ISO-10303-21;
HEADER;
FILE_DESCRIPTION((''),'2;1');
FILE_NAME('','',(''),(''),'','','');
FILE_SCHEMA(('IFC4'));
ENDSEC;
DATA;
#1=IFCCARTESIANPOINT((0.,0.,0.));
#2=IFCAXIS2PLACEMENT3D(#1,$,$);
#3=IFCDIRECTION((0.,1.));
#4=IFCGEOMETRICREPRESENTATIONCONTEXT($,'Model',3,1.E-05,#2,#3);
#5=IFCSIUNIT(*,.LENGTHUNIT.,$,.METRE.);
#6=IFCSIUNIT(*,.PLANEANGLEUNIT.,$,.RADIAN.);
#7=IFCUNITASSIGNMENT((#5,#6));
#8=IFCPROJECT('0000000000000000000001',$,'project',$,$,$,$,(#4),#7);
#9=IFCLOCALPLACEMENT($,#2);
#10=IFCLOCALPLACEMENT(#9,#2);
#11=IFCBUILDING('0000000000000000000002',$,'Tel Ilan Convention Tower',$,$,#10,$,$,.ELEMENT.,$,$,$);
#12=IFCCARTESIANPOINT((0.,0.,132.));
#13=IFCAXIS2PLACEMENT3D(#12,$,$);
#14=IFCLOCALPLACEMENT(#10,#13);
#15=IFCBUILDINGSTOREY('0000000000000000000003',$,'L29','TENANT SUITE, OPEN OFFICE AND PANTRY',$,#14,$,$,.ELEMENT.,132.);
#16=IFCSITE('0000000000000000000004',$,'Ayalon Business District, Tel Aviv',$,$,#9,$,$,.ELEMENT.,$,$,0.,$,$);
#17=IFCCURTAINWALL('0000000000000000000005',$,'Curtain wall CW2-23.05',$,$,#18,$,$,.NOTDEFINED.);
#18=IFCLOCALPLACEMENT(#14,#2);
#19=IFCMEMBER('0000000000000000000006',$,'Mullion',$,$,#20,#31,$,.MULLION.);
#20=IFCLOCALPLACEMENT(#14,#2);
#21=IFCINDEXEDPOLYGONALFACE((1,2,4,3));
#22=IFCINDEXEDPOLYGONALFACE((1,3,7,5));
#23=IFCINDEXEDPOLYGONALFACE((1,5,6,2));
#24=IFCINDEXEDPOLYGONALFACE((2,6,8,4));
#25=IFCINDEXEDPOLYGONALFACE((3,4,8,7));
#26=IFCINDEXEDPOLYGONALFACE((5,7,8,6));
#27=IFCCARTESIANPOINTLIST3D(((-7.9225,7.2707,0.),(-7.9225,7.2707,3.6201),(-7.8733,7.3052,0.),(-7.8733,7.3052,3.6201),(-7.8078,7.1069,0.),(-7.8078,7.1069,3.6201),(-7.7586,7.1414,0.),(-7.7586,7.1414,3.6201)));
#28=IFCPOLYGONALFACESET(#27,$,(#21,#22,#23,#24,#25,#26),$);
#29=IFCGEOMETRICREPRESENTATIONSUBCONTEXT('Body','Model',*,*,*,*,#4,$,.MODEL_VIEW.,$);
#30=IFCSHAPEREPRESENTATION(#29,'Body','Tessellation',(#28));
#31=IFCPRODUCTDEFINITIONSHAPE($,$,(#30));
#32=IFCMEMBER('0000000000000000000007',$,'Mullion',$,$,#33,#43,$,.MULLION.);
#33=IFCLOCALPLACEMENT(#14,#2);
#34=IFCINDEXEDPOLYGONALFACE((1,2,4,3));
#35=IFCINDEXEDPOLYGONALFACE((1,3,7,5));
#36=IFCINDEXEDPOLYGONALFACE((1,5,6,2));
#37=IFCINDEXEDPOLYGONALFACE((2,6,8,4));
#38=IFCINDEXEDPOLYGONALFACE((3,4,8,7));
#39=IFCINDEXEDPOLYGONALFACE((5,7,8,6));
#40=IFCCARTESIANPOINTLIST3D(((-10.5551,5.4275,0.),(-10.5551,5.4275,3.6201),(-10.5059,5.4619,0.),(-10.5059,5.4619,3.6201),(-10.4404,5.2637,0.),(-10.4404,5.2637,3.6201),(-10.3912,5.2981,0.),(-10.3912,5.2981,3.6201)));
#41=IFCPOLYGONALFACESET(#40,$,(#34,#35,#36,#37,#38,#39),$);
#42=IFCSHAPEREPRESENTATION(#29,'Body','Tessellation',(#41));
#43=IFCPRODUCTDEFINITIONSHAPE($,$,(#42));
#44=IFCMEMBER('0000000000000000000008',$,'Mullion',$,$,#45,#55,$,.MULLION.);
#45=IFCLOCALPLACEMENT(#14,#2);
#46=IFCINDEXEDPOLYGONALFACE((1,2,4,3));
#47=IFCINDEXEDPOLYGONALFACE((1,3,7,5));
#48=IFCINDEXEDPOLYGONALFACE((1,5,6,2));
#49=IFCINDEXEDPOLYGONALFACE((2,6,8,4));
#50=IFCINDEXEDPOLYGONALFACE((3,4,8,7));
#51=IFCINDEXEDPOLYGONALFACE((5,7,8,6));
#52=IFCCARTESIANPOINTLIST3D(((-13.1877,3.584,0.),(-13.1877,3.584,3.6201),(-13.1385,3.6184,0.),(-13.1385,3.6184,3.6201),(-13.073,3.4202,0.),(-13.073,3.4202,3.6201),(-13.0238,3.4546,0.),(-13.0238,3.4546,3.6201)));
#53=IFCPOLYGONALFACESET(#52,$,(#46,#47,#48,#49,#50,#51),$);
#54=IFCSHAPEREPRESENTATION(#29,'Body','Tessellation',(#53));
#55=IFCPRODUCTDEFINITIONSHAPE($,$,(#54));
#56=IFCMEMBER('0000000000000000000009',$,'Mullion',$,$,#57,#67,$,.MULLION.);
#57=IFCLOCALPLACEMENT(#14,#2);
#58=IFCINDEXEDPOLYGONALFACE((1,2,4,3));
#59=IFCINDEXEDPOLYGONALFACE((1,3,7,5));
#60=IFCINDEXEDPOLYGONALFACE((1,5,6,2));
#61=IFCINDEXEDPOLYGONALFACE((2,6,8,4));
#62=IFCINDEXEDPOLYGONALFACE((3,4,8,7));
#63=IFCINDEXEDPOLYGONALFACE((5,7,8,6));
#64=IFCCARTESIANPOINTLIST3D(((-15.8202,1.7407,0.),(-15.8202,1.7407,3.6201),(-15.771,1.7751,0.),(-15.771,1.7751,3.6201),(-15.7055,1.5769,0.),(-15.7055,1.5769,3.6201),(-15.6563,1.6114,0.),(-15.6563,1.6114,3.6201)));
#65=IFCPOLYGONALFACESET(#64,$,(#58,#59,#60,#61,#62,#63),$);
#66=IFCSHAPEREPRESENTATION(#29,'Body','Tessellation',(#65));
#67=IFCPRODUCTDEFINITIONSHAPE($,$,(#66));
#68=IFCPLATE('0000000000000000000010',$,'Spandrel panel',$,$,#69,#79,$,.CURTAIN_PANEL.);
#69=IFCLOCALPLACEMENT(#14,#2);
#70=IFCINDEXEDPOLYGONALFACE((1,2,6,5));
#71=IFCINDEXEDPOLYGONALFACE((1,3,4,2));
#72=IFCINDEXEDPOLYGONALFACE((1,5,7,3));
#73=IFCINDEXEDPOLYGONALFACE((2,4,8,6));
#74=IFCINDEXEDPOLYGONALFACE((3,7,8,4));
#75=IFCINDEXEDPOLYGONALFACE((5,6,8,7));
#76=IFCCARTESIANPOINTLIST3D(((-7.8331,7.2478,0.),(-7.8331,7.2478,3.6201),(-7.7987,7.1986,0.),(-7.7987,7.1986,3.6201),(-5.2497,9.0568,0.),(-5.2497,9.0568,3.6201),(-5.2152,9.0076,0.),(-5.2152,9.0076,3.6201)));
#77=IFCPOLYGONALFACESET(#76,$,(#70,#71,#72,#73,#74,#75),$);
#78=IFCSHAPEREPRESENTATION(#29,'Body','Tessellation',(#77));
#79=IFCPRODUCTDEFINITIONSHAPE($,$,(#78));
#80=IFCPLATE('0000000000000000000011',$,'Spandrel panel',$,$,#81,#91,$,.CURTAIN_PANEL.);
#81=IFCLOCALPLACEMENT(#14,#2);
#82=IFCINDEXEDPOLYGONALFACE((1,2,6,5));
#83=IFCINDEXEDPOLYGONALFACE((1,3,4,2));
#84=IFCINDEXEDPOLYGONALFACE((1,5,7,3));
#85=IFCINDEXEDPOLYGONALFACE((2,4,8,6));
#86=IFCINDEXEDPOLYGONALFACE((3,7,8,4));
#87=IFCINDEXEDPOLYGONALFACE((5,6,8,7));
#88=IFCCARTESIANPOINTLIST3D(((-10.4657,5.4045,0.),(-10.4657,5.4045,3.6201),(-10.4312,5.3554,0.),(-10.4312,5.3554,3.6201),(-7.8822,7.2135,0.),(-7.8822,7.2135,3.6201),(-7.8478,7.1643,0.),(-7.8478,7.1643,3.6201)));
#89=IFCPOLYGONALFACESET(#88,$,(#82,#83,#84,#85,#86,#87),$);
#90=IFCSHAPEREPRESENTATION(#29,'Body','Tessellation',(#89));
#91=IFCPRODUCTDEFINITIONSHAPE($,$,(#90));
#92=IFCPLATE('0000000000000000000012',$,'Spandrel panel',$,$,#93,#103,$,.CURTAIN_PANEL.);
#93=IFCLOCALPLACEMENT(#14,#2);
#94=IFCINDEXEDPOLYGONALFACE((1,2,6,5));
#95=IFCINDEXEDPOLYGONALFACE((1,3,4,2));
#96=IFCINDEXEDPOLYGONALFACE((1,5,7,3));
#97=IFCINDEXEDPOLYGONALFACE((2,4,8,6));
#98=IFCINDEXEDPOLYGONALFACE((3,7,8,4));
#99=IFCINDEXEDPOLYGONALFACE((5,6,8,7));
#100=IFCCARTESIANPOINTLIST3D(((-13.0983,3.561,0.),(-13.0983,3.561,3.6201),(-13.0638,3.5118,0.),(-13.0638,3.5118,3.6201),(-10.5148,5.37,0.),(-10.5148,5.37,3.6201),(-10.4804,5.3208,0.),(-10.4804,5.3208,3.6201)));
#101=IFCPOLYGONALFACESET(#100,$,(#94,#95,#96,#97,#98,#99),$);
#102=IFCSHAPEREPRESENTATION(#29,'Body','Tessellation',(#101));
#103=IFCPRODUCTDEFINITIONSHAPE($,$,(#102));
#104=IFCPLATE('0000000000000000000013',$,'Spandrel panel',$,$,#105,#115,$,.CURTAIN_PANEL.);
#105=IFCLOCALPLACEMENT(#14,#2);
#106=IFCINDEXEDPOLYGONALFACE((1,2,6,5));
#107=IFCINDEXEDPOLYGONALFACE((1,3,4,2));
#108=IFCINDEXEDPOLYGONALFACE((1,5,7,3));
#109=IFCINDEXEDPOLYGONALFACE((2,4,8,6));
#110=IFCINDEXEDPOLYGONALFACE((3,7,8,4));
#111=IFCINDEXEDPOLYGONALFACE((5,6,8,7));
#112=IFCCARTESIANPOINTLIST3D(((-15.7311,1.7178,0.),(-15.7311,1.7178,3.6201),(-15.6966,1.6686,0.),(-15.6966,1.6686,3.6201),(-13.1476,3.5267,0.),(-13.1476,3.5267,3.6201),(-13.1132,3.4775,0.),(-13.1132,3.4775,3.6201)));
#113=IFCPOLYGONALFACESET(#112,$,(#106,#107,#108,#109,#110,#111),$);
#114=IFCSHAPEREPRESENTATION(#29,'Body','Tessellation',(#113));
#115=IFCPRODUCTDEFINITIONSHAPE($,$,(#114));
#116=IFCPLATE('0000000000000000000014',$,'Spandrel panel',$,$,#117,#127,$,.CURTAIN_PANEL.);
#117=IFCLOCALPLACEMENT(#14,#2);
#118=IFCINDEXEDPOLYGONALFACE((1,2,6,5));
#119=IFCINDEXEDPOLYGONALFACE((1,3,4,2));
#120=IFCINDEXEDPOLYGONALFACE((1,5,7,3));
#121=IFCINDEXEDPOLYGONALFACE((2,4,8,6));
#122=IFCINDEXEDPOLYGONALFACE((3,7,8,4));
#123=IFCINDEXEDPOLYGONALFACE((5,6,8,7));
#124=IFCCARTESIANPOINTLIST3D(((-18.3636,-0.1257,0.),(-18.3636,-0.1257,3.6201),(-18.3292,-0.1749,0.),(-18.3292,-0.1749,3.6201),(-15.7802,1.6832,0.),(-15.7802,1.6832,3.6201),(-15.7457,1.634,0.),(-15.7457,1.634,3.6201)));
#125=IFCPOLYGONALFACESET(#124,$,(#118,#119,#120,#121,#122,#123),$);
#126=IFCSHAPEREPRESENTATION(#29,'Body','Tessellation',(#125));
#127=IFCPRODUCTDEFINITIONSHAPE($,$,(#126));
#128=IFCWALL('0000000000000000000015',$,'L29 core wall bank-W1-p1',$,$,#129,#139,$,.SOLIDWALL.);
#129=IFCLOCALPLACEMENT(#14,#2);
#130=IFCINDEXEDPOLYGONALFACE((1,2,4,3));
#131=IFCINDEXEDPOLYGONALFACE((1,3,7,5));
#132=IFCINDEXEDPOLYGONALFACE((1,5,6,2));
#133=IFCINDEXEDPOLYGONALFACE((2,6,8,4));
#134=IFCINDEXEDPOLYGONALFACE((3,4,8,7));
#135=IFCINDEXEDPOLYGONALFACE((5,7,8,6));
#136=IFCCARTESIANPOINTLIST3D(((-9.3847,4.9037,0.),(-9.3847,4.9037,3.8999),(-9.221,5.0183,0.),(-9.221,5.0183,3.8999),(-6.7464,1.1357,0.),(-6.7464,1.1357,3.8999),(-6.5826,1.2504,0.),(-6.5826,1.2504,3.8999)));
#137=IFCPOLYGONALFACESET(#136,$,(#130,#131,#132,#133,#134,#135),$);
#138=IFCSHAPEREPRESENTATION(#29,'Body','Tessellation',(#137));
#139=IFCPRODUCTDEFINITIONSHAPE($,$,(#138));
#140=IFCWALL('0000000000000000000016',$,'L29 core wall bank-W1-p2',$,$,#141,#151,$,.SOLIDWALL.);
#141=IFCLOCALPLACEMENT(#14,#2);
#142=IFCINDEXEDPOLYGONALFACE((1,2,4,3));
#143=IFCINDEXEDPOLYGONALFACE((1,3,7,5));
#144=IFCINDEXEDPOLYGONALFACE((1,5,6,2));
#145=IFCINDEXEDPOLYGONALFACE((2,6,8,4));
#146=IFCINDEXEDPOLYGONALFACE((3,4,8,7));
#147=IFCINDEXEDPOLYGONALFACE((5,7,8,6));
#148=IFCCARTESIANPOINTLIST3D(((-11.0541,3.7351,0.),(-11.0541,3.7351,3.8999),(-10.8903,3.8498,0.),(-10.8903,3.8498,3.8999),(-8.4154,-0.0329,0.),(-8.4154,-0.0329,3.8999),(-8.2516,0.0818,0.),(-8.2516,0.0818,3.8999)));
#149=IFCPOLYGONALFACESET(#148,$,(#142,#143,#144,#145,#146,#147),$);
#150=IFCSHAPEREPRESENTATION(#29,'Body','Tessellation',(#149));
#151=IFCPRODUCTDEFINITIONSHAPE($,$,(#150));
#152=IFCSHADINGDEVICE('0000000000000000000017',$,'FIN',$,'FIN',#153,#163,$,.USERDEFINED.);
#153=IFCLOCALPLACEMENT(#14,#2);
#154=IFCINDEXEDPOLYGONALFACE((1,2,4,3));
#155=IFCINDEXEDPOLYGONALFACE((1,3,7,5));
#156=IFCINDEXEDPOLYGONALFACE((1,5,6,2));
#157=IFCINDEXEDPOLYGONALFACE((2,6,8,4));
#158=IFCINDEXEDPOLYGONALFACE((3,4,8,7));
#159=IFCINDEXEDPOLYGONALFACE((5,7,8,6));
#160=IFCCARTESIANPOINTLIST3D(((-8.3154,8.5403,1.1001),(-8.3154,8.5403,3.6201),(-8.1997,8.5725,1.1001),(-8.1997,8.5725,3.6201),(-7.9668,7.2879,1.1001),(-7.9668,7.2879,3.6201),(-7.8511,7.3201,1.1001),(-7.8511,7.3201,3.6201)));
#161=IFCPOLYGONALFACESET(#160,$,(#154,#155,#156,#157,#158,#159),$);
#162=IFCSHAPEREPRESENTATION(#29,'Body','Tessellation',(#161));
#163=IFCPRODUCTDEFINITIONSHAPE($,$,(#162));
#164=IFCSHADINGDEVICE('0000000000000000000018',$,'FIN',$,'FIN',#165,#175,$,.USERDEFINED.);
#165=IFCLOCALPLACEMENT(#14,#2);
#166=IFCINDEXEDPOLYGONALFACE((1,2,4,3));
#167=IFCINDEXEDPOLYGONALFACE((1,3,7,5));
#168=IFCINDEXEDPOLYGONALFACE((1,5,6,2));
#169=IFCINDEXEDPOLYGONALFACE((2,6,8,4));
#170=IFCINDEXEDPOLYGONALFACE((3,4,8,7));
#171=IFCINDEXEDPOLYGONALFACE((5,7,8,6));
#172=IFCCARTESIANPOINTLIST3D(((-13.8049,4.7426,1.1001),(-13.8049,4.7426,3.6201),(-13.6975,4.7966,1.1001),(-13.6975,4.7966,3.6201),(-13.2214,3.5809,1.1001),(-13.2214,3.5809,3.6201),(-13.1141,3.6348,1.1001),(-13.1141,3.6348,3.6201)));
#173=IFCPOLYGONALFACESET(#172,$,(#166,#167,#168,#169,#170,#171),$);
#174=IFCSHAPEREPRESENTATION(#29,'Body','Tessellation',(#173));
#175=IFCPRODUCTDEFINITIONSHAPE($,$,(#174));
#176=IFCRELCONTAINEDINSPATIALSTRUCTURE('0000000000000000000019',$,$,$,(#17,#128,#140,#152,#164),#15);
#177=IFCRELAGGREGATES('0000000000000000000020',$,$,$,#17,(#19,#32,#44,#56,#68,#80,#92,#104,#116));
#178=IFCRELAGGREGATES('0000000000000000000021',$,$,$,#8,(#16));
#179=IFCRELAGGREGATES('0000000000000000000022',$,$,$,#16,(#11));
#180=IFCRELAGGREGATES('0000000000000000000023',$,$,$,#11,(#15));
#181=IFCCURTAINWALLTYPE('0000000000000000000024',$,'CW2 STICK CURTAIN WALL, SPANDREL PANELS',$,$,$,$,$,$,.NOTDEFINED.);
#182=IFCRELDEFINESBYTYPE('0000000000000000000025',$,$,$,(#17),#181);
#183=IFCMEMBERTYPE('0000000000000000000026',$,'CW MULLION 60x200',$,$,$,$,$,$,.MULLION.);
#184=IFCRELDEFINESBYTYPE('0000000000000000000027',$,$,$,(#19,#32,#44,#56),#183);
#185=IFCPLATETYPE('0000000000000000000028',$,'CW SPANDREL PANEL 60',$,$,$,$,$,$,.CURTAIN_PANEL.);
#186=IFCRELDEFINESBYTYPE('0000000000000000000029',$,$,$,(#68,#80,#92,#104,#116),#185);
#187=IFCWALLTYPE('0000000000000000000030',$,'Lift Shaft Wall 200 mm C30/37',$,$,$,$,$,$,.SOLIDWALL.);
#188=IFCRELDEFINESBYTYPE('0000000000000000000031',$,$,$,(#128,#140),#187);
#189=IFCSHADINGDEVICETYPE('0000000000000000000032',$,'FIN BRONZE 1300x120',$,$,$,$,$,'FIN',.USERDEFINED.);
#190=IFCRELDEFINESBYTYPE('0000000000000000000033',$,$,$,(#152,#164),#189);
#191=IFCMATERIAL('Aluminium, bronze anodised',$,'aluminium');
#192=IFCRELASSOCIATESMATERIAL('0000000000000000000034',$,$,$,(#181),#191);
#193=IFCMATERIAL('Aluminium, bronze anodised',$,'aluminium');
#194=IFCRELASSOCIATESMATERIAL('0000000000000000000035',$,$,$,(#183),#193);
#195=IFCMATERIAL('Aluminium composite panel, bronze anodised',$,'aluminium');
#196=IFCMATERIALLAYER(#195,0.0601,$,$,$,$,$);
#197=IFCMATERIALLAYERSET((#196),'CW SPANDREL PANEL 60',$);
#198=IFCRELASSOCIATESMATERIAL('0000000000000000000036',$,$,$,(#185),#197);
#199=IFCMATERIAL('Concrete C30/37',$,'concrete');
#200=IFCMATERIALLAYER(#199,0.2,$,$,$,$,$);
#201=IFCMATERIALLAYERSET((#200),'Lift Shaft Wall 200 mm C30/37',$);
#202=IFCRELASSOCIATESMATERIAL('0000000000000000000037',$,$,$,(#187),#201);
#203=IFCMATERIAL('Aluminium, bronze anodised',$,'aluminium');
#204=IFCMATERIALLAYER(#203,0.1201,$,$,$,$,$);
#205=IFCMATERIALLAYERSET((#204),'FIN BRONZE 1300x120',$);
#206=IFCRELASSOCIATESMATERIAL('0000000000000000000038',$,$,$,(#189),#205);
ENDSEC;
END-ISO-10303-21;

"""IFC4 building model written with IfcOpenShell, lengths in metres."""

from ifc_helpers import new_model, si_unit, direction, frame, frame_2d, origin, origin_2d, place, context, subcontext, project, spatial, rectangle, extrude, material, layer, layer_set, material_profile, profile_set, type_object, element, aggregate, save


model = new_model("IFC4")

# Units and contexts
model_context = context("Model", 3, precision=1e-05, world=origin(), true_north=direction((0.0, 1.0)))
body_context = subcontext(model_context, "Body", "Model", "MODEL_VIEW")
ifc_project = project(units=[si_unit("LENGTHUNIT", "METRE"), si_unit("PLANEANGLEUNIT", "RADIAN")], contexts=[model_context])

# Site, building, storey
site_placement = place(None, origin())
site = spatial("IfcSite", under=ifc_project, at=site_placement, Name="Ayalon Business District, Tel Aviv", CompositionType="ELEMENT", RefElevation=0.0)
building_placement = place(site_placement, origin())
building = spatial("IfcBuilding", under=site, at=building_placement, Name="Tel Ilan Convention Tower", CompositionType="ELEMENT")
storey_placement = place(building_placement, frame((0.0, 0.0, 132.0)))
storey = spatial("IfcBuildingStorey", under=building, at=storey_placement, Name="L29", Description="TENANT SUITE, OPEN OFFICE AND PANTRY", CompositionType="ELEMENT", Elevation=132.0)

# Curtain wall, members, plates
ifc_material_1 = material(Name="Aluminium, bronze anodised", Category="aluminium")
curtain_wall_type = type_object("IfcCurtainWallType", Name="CW2 STICK CURTAIN WALL, SPANDREL PANELS", PredefinedType="NOTDEFINED", material=ifc_material_1)
curtain_wall_placement = place(storey_placement, origin())
curtain_wall = element("IfcCurtainWall", 1, at=curtain_wall_placement, inside=storey, type_object=curtain_wall_type, Name="Curtain wall CW2-23.05", PredefinedType="NOTDEFINED")
ifc_material_2 = material(Name="Aluminium, bronze anodised", Category="aluminium")
ifc_material_profile = material_profile(ifc_material_2, rectangle(XDim=0.0601, YDim=0.2, at=origin_2d()), Name="CW MULLION 60x200")
ifc_profile_set = profile_set([ifc_material_profile], Name="Aluminium, bronze anodised")
member_type = type_object("IfcMemberType", Name="CW MULLION 60x200", PredefinedType="MULLION", material=ifc_profile_set)
member_1_placement = place(storey_placement, frame((-7.8406, 7.2061, 0.0), z_axis=(0.0, 0.0, 1.0), x_axis=(-0.819152, -0.573576, 0.0)))
member_1 = element("IfcMember", 2, at=member_1_placement, type_object=member_type, Name="Mullion", PredefinedType="MULLION", context=body_context, shape_type="SweptSolid", body=[
    extrude(rectangle(XDim=0.0601, YDim=0.2, at=origin_2d()), origin(), (0.0, 0.0, 1.0), 3.6201),
])
member_2_placement = place(storey_placement, frame((-10.4731, 5.3628, 0.0), z_axis=(0.0, 0.0, 1.0), x_axis=(-0.819152, -0.573576, 0.0)))
member_2 = element("IfcMember", 3, at=member_2_placement, type_object=member_type, Name="Mullion", PredefinedType="MULLION", context=body_context, shape_type="SweptSolid", body=[
    extrude(rectangle(XDim=0.0601, YDim=0.2, at=origin_2d()), origin(), (0.0, 0.0, 1.0), 3.6201),
])
member_3_placement = place(storey_placement, frame((-13.1057, 3.5193, 0.0), z_axis=(0.0, 0.0, 1.0), x_axis=(-0.819152, -0.573576, 0.0)))
member_3 = element("IfcMember", 4, at=member_3_placement, type_object=member_type, Name="Mullion", PredefinedType="MULLION", context=body_context, shape_type="SweptSolid", body=[
    extrude(rectangle(XDim=0.0601, YDim=0.2, at=origin_2d()), origin(), (0.0, 0.0, 1.0), 3.6201),
])
member_4_placement = place(storey_placement, frame((-15.7383, 1.676, 0.0), z_axis=(0.0, 0.0, 1.0), x_axis=(-0.819152, -0.573576, 0.0)))
member_4 = element("IfcMember", 5, at=member_4_placement, type_object=member_type, Name="Mullion", PredefinedType="MULLION", context=body_context, shape_type="SweptSolid", body=[
    extrude(rectangle(XDim=0.0601, YDim=0.2, at=origin_2d()), origin(), (0.0, 0.0, 1.0), 3.6201),
])
ifc_material_3 = material(Name="Aluminium composite panel, bronze anodised", Category="aluminium")
ifc_layer_1 = layer(ifc_material_3, 0.0601)
ifc_layer_set_1 = layer_set([ifc_layer_1], Name="CW SPANDREL PANEL 60")
plate_type = type_object("IfcPlateType", Name="CW SPANDREL PANEL 60", PredefinedType="CURTAIN_PANEL", material=ifc_layer_set_1)
plate_1_placement = place(storey_placement, frame((-6.5242, 8.1277, 0.0), z_axis=(0.0, 0.0, 1.0), x_axis=(-0.819152, -0.573576, 0.0)))
plate_1 = element("IfcPlate", 6, at=plate_1_placement, type_object=plate_type, Name="Spandrel panel", PredefinedType="CURTAIN_PANEL", context=body_context, shape_type="SweptSolid", body=[
    extrude(rectangle(XDim=3.1538, YDim=0.0601, at=origin_2d()), origin(), (0.0, 0.0, 1.0), 3.6201),
])
plate_2_placement = place(storey_placement, frame((-9.1567, 6.2844, 0.0), z_axis=(0.0, 0.0, 1.0), x_axis=(-0.819152, -0.573576, 0.0)))
plate_2 = element("IfcPlate", 7, at=plate_2_placement, type_object=plate_type, Name="Spandrel panel", PredefinedType="CURTAIN_PANEL", context=body_context, shape_type="SweptSolid", body=[
    extrude(rectangle(XDim=3.1538, YDim=0.0601, at=origin_2d()), origin(), (0.0, 0.0, 1.0), 3.6201),
])
plate_3_placement = place(storey_placement, frame((-11.7893, 4.4409, 0.0), z_axis=(0.0, 0.0, 1.0), x_axis=(-0.819152, -0.573576, 0.0)))
plate_3 = element("IfcPlate", 8, at=plate_3_placement, type_object=plate_type, Name="Spandrel panel", PredefinedType="CURTAIN_PANEL", context=body_context, shape_type="SweptSolid", body=[
    extrude(rectangle(XDim=3.1538, YDim=0.0601, at=origin_2d()), origin(), (0.0, 0.0, 1.0), 3.6201),
])
plate_4_placement = place(storey_placement, frame((-14.4221, 2.5977, 0.0), z_axis=(0.0, 0.0, 1.0), x_axis=(-0.819152, -0.573576, 0.0)))
plate_4 = element("IfcPlate", 9, at=plate_4_placement, type_object=plate_type, Name="Spandrel panel", PredefinedType="CURTAIN_PANEL", context=body_context, shape_type="SweptSolid", body=[
    extrude(rectangle(XDim=3.1538, YDim=0.0601, at=origin_2d()), origin(), (0.0, 0.0, 1.0), 3.6201),
])
plate_5_placement = place(storey_placement, frame((-17.0547, 0.7542, 0.0), z_axis=(0.0, 0.0, 1.0), x_axis=(-0.819152, -0.573576, 0.0)))
plate_5 = element("IfcPlate", 10, at=plate_5_placement, type_object=plate_type, Name="Spandrel panel", PredefinedType="CURTAIN_PANEL", context=body_context, shape_type="SweptSolid", body=[
    extrude(rectangle(XDim=3.1538, YDim=0.0601, at=origin_2d()), origin(), (0.0, 0.0, 1.0), 3.6201),
])
aggregate(curtain_wall, [member_1, member_2, member_3, member_4, plate_1, plate_2, plate_3, plate_4, plate_5])

# Walls
ifc_material_4 = material(Name="Concrete C30/37", Category="concrete")
ifc_layer_2 = layer(ifc_material_4, 0.2)
ifc_layer_set_2 = layer_set([ifc_layer_2], Name="Lift Shaft Wall 200 mm C30/37")
wall_type = type_object("IfcWallType", Name="Lift Shaft Wall 200 mm C30/37", PredefinedType="SOLIDWALL", material=ifc_layer_set_2)
wall_1_placement = place(storey_placement, frame((-6.6646, 1.1931, 0.0), z_axis=(0.0, 0.0, 1.0), x_axis=(-0.573576, 0.819152, 0.0)))
element("IfcWall", 11, at=wall_1_placement, inside=storey, type_object=wall_type, Name="L29 core wall bank-W1-p1", PredefinedType="SOLIDWALL", context=body_context, shape_type="SweptSolid", body=[
    extrude(rectangle(XDim=4.5999, YDim=0.2, at=frame_2d((2.2998, 0.0))), origin(), (0.0, 0.0, 1.0), 3.8999),
])
wall_2_placement = place(storey_placement, frame((-8.3335, 0.0244, 0.0), z_axis=(0.0, 0.0, 1.0), x_axis=(-0.573612, 0.819127, 0.0)))
element("IfcWall", 12, at=wall_2_placement, inside=storey, type_object=wall_type, Name="L29 core wall bank-W1-p2", PredefinedType="SOLIDWALL", context=body_context, shape_type="SweptSolid", body=[
    extrude(rectangle(XDim=4.6001, YDim=0.2, at=frame_2d((2.3, 0.0))), origin(), (0.0, 0.0, 1.0), 3.8999),
])

# Shading devices
ifc_material_5 = material(Name="Aluminium, bronze anodised", Category="aluminium")
ifc_layer_3 = layer(ifc_material_5, 0.1201)
ifc_layer_set_3 = layer_set([ifc_layer_3], Name="FIN BRONZE 1300x120")
shading_device_type = type_object("IfcShadingDeviceType", Name="FIN BRONZE 1300x120", ElementType="FIN", PredefinedType="USERDEFINED", material=ifc_layer_set_3)
for number, where, z_axis, x_axis, name in (
    (13, (-8.0833, 7.9302, 1.1001), (0.0, 0.0, 1.0), (-0.268173, 0.963371, 0.0), "FIN"),
    (14, (-13.4595, 4.1887, 1.1001), (0.0, 0.0, 1.0), (-0.448799, 0.893633, 0.0), "FIN"),
):
    element("IfcShadingDevice", number, at=place(storey_placement, frame(where, z_axis=z_axis, x_axis=x_axis)), inside=storey, type_object=shading_device_type, Name=name, ObjectType="FIN", PredefinedType="USERDEFINED", context=body_context, shape_type="SweptSolid", body=[
        extrude(rectangle(XDim=1.3, YDim=0.1201, at=origin_2d()), origin(), (0.0, 0.0, 1.0), 2.52),
    ])

save(model, "model.ifc")
